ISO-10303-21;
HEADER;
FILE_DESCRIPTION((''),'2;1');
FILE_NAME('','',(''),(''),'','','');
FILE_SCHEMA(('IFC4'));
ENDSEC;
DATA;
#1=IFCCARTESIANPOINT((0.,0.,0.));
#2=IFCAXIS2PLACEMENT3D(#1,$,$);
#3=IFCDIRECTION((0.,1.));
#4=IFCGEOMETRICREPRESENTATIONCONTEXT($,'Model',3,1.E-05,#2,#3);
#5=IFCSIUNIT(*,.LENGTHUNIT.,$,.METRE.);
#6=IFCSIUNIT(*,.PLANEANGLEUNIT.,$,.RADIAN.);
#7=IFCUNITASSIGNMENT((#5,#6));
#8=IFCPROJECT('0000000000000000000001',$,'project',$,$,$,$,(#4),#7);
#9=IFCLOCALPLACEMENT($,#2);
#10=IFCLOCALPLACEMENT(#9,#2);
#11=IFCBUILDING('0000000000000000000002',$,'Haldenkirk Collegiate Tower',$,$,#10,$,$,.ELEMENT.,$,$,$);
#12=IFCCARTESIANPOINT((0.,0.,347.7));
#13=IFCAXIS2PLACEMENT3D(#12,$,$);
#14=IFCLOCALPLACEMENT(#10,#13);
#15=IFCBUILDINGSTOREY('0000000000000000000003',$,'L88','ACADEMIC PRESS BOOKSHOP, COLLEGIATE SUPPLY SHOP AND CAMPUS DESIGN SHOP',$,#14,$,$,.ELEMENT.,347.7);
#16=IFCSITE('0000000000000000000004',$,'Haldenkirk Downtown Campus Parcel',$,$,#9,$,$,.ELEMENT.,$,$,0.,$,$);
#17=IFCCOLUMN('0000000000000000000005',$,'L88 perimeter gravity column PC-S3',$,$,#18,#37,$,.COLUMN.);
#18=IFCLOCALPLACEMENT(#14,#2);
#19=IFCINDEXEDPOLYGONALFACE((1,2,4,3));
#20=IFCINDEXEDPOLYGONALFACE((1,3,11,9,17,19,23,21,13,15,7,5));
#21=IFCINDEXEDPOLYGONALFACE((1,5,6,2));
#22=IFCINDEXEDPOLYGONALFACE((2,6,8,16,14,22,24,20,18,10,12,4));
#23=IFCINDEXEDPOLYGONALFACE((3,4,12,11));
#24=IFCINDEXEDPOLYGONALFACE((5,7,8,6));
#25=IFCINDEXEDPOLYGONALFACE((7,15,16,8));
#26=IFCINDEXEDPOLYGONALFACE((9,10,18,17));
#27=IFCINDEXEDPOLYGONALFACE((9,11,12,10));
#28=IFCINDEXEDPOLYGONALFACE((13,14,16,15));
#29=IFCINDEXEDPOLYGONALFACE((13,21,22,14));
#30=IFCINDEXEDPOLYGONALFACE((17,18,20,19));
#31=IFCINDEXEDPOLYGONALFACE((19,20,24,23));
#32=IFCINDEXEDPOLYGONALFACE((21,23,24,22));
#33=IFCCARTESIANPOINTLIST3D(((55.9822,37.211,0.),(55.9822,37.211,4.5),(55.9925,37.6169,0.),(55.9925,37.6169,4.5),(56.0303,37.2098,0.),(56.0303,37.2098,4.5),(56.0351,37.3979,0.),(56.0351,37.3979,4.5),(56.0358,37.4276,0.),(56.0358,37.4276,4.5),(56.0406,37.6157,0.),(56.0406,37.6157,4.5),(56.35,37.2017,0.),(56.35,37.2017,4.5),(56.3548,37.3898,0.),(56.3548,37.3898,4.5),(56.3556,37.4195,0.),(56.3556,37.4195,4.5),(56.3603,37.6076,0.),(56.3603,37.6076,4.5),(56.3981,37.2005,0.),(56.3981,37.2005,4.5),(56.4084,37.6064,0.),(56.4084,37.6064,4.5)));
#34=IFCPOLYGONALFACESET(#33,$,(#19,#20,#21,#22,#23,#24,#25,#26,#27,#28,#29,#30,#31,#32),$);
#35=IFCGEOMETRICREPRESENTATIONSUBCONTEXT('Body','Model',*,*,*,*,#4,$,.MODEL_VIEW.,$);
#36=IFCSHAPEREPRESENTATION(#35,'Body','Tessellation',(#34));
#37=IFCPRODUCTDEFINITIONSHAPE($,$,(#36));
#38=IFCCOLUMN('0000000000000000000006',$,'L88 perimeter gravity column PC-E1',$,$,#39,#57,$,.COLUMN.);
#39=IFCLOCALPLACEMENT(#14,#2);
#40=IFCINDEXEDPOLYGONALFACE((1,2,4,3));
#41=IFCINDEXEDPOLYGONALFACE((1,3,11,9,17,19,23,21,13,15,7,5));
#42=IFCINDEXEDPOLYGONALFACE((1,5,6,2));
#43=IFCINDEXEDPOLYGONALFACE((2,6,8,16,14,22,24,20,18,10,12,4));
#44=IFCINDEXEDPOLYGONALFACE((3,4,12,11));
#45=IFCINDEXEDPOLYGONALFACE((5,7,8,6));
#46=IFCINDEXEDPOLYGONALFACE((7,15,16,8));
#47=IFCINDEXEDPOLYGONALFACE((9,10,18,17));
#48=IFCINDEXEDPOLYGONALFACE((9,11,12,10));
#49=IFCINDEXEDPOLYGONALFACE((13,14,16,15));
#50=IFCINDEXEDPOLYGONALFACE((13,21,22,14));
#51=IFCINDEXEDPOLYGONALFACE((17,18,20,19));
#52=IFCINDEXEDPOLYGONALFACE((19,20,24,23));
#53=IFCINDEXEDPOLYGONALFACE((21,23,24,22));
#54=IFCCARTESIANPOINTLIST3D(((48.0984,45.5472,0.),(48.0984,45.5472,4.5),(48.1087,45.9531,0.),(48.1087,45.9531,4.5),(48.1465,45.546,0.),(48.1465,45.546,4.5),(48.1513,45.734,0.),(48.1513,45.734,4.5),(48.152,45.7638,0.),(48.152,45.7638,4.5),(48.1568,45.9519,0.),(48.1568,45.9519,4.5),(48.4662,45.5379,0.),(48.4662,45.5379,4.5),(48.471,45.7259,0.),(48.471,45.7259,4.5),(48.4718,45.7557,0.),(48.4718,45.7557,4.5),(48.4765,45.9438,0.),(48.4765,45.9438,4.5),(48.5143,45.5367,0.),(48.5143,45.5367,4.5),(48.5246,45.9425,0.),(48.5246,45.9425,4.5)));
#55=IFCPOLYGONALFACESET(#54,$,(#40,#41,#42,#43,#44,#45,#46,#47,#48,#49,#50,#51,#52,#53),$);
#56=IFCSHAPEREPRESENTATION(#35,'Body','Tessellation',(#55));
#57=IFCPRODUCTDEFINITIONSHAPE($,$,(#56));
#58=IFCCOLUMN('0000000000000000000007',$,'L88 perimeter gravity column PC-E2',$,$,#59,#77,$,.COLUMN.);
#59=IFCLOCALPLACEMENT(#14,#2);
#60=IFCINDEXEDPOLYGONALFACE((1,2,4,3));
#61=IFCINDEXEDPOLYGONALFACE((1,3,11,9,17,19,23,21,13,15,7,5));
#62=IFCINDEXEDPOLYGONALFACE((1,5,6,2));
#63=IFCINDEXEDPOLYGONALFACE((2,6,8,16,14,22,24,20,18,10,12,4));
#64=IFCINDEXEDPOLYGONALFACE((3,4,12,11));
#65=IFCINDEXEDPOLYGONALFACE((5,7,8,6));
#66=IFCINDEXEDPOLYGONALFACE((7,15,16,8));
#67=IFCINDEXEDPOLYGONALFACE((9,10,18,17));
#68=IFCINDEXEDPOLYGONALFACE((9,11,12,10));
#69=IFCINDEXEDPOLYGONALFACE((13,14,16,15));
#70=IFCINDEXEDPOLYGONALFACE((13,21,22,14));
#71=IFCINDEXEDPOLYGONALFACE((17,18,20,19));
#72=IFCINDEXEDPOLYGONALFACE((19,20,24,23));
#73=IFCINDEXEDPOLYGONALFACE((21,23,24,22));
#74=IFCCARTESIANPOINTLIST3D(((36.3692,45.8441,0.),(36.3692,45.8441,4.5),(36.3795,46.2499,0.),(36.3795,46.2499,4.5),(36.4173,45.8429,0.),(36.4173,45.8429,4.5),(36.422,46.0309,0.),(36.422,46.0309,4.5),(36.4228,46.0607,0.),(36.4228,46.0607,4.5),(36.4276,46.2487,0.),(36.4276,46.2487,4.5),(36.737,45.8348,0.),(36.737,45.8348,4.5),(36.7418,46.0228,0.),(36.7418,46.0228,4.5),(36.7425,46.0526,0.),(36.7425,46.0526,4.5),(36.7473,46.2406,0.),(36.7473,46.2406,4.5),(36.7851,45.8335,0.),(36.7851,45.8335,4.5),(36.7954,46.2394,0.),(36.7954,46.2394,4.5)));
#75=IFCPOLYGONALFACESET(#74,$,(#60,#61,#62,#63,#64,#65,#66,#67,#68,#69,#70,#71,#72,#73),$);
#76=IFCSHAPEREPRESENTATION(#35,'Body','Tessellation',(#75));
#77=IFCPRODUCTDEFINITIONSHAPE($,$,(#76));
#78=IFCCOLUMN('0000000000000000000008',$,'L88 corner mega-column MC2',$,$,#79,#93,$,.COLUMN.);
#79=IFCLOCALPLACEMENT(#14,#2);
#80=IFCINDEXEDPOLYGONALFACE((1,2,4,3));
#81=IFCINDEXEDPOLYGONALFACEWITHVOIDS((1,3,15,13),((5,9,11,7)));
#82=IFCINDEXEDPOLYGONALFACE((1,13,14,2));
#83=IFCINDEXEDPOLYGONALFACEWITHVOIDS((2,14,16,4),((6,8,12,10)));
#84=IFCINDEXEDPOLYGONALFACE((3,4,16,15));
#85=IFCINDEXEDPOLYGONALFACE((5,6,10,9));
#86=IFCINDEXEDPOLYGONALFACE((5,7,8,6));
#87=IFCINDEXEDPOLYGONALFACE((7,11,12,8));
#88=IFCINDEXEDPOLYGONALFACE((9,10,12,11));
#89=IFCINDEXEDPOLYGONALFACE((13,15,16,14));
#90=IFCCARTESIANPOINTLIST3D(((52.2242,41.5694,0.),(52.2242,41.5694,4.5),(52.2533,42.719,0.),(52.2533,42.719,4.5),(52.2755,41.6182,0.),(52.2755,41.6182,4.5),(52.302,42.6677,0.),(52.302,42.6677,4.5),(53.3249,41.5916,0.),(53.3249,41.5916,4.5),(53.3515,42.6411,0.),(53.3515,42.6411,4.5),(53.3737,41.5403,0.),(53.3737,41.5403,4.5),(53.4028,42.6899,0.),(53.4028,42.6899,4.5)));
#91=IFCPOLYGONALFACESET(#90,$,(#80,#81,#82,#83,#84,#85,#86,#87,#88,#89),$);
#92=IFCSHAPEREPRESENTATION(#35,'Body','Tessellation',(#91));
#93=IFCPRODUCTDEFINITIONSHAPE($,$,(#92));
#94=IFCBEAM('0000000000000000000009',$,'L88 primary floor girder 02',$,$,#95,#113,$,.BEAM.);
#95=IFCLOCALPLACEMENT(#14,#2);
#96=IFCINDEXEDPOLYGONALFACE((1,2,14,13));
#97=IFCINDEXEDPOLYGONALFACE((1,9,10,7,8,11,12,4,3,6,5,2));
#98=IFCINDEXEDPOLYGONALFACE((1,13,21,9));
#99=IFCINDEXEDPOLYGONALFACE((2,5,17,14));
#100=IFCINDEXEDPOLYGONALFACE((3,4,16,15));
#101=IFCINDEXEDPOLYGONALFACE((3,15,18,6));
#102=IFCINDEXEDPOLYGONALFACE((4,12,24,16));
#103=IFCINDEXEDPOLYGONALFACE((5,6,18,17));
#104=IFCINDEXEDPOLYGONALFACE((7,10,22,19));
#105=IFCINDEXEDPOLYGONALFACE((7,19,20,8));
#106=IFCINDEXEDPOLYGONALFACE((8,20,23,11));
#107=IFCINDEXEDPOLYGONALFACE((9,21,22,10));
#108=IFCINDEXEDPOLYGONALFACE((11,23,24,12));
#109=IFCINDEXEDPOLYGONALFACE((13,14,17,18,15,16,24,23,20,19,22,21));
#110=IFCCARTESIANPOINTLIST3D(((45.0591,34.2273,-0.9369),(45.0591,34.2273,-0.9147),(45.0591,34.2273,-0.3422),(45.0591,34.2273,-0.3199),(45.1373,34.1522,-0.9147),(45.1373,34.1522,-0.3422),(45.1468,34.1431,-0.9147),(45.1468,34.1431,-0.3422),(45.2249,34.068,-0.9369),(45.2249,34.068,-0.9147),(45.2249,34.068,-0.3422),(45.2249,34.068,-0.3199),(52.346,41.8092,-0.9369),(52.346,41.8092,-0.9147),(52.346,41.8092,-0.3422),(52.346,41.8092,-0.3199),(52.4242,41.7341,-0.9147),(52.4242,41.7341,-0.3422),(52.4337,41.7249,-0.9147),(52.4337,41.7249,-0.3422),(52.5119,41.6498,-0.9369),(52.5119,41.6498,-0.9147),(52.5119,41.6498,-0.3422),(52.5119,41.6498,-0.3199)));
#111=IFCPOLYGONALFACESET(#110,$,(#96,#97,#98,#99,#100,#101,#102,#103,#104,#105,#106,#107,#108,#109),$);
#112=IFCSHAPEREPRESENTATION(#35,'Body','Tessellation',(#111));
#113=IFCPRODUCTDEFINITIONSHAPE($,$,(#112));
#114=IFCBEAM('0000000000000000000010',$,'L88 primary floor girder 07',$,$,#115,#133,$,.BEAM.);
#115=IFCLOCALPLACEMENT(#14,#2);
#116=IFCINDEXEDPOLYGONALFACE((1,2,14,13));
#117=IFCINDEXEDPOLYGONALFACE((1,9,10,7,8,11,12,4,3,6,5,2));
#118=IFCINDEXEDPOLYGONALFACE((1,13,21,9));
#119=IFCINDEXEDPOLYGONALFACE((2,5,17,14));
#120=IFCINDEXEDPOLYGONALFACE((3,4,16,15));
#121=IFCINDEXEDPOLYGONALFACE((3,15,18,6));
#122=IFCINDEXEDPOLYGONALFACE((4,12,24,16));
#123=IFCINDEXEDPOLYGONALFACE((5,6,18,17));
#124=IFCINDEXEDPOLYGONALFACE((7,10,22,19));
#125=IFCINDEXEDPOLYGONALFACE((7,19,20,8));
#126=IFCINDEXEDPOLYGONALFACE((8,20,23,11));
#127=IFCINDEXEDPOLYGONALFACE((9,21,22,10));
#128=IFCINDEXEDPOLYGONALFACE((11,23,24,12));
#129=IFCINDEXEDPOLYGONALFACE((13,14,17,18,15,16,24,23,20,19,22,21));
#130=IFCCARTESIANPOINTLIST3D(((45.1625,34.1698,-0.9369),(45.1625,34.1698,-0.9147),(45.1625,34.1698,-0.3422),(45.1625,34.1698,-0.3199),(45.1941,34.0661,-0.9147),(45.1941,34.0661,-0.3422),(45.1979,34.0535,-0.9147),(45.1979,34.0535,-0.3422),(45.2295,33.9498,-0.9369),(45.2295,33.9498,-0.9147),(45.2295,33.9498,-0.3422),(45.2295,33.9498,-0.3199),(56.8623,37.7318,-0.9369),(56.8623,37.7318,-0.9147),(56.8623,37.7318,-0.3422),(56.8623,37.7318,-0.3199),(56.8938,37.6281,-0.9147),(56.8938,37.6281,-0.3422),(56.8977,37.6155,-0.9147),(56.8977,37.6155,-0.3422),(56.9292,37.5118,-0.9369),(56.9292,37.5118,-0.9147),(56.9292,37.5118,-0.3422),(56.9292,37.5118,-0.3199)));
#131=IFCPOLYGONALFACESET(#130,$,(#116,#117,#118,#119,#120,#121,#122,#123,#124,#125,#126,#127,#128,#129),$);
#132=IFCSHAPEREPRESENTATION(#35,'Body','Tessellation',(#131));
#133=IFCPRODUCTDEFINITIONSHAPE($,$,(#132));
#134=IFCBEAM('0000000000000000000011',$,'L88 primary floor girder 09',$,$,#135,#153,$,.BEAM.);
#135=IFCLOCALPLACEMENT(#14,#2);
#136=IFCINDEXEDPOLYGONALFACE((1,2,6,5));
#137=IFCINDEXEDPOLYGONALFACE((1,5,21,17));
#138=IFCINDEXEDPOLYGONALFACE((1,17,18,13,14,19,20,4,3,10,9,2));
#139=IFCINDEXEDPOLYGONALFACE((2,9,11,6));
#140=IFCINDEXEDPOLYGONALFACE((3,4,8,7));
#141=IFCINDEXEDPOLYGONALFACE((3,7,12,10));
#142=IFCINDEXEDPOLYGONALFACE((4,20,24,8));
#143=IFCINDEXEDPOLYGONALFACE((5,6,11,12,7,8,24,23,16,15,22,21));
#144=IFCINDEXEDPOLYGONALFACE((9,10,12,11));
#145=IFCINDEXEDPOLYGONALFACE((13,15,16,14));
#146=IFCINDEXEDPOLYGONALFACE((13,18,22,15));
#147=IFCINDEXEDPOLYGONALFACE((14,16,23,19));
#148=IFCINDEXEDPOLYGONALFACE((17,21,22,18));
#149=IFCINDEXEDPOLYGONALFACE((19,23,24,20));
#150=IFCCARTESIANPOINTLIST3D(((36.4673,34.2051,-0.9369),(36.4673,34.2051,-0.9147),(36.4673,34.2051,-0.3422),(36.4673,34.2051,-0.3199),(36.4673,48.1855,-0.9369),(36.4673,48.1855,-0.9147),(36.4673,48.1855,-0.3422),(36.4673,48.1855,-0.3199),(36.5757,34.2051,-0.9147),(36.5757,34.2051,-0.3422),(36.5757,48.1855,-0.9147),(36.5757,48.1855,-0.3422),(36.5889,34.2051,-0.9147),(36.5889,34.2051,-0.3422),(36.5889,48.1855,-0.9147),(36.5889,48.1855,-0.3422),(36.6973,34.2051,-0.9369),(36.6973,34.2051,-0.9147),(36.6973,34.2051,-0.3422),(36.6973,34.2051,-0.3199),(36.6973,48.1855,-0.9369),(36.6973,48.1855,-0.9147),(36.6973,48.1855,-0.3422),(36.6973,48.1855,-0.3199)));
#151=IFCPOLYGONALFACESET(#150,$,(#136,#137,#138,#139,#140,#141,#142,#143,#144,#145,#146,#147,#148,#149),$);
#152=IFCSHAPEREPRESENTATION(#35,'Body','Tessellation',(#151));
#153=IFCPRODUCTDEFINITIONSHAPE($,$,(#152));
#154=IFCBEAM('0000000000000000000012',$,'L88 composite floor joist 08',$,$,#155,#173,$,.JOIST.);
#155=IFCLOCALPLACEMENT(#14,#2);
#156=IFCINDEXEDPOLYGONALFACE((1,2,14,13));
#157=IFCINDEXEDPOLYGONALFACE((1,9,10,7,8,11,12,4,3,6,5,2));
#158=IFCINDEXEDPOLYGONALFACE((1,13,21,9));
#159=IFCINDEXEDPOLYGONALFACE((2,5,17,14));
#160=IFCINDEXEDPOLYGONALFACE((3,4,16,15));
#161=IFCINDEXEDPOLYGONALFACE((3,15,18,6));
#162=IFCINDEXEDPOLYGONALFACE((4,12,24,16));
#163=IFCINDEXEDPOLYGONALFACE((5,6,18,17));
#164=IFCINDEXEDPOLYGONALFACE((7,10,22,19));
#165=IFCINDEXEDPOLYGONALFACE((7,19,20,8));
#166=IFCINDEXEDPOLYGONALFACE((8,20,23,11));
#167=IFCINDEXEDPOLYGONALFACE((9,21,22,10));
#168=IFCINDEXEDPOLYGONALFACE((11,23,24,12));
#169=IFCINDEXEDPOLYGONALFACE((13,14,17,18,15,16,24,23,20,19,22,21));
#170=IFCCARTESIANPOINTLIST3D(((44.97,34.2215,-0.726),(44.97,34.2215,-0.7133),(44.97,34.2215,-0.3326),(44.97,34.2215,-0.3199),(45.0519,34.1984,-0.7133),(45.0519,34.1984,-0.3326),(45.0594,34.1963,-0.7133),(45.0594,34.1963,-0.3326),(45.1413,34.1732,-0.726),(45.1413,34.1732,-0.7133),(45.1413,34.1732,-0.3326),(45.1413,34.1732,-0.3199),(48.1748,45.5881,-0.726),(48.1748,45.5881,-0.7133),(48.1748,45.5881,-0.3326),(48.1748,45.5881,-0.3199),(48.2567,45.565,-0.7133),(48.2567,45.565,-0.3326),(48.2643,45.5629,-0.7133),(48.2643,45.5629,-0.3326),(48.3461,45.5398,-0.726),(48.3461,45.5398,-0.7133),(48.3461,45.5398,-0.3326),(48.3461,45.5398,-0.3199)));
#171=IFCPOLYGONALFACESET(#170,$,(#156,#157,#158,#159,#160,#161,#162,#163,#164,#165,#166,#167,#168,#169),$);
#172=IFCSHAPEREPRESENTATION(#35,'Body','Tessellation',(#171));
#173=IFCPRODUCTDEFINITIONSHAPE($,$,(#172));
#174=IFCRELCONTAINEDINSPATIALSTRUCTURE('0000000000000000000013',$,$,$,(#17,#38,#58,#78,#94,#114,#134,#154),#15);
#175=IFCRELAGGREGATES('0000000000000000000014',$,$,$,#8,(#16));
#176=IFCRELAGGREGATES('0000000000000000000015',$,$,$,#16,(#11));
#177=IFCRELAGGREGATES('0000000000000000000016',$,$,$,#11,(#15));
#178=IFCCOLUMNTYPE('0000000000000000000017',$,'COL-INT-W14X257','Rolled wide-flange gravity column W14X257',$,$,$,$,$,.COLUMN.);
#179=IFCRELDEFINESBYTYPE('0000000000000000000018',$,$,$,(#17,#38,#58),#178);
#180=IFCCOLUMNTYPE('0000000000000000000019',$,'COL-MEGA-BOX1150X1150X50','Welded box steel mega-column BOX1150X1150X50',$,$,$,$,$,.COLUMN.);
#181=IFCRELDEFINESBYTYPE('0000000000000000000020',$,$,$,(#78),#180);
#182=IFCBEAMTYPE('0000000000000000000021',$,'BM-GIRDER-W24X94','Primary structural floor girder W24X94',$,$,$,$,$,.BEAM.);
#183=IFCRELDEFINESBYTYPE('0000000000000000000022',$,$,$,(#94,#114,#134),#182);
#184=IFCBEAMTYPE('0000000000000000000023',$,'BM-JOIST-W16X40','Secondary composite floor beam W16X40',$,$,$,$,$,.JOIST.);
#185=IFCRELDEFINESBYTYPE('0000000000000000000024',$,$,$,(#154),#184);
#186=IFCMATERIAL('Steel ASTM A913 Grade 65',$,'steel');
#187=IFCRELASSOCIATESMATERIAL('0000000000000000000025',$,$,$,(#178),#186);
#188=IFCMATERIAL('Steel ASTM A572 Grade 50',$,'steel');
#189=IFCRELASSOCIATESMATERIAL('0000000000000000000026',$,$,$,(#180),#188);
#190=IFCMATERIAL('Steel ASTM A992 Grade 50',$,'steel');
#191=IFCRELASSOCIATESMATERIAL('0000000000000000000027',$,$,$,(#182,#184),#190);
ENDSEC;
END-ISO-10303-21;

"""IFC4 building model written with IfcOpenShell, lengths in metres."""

from ifc_helpers import new_model, si_unit, direction, frame, origin, origin_2d, place, context, subcontext, project, spatial, hollow_rectangle, i_section, extrude, material, material_profile, profile_set, type_object, element, save


model = new_model("IFC4")

# Units and contexts
model_context = context("Model", 3, precision=1e-05, world=origin(), true_north=direction((0.0, 1.0)))
body_context = subcontext(model_context, "Body", "Model", "MODEL_VIEW")
ifc_project = project(units=[si_unit("LENGTHUNIT", "METRE"), si_unit("PLANEANGLEUNIT", "RADIAN")], contexts=[model_context])

# Site, building, storey
site_placement = place(None, origin())
site = spatial("IfcSite", under=ifc_project, at=site_placement, Name="Haldenkirk Downtown Campus Parcel", CompositionType="ELEMENT", RefElevation=0.0)
building_placement = place(site_placement, origin())
building = spatial("IfcBuilding", under=site, at=building_placement, Name="Haldenkirk Collegiate Tower", CompositionType="ELEMENT")
storey_placement = place(building_placement, frame((0.0, 0.0, 347.7)))
storey = spatial("IfcBuildingStorey", under=building, at=storey_placement, Name="L88", Description="ACADEMIC PRESS BOOKSHOP, COLLEGIATE SUPPLY SHOP AND CAMPUS DESIGN SHOP", CompositionType="ELEMENT", Elevation=347.7)

# Columns
ifc_material_1 = material(Name="Steel ASTM A913 Grade 65", Category="steel")
ifc_material_profile_1 = material_profile(ifc_material_1, i_section(OverallWidth=0.406, OverallDepth=0.416, WebThickness=0.0298, FlangeThickness=0.0481, at=origin_2d()), Name="W14X257")
ifc_profile_set_1 = profile_set([ifc_material_profile_1], Name="Steel ASTM A913 Grade 65")
column_type_1 = type_object("IfcColumnType", Name="COL-INT-W14X257", Description="Rolled wide-flange gravity column W14X257", PredefinedType="COLUMN", material=ifc_profile_set_1)
for number, where, z_axis, x_axis, name in (
    (1, (56.1953, 37.4087, 0.0), (0.0, 0.0, 1.0), (0.025305, 0.99968, 0.0), "L88 perimeter gravity column PC-S3"),
    (2, (48.3115, 45.7449, 0.0), (0.0, 0.0, 1.0), (0.025305, 0.99968, 0.0), "L88 perimeter gravity column PC-E1"),
    (3, (36.5823, 46.0417, 0.0), (0.0, 0.0, 1.0), (0.025305, 0.99968, 0.0), "L88 perimeter gravity column PC-E2"),
):
    element("IfcColumn", number, at=place(storey_placement, frame(where, z_axis=z_axis, x_axis=x_axis)), inside=storey, type_object=column_type_1, Name=name, PredefinedType="COLUMN", context=body_context, shape_type="SweptSolid", body=[
        extrude(i_section(OverallWidth=0.406, OverallDepth=0.416, WebThickness=0.0298, FlangeThickness=0.0481, at=origin_2d()), origin(), (0.0, 0.0, 1.0), 4.5),
    ])
ifc_material_2 = material(Name="Steel ASTM A572 Grade 50", Category="steel")
ifc_material_profile_2 = material_profile(ifc_material_2, hollow_rectangle(XDim=1.1499, YDim=1.1499, WallThickness=0.05, at=origin_2d()), Name="BOX1150X1150X50")
ifc_profile_set_2 = profile_set([ifc_material_profile_2], Name="Steel ASTM A572 Grade 50")
column_type_2 = type_object("IfcColumnType", Name="COL-MEGA-BOX1150X1150X50", Description="Welded box steel mega-column BOX1150X1150X50", PredefinedType="COLUMN", material=ifc_profile_set_2)
column_placement = place(storey_placement, frame((52.8135, 42.1296, 0.0), z_axis=(0.0, 0.0, 1.0), x_axis=(0.025305, 0.99968, 0.0)))
element("IfcColumn", 4, at=column_placement, inside=storey, type_object=column_type_2, Name="L88 corner mega-column MC2", PredefinedType="COLUMN", context=body_context, shape_type="SweptSolid", body=[
    extrude(hollow_rectangle(XDim=1.1499, YDim=1.1499, WallThickness=0.05, at=origin_2d()), origin(), (0.0, 0.0, 1.0), 4.5),
])

# Beams
ifc_material_3 = material(Name="Steel ASTM A992 Grade 50", Category="steel")
ifc_material_profile_3 = material_profile(ifc_material_3, i_section(OverallWidth=0.23, OverallDepth=0.6169, WebThickness=0.0132, FlangeThickness=0.0222, at=origin_2d()), Name="W24X94")
ifc_profile_set_3 = profile_set([ifc_material_profile_3], Name="Steel ASTM A992 Grade 50")
beam_type_1 = type_object("IfcBeamType", Name="BM-GIRDER-W24X94", Description="Primary structural floor girder W24X94", PredefinedType="BEAM", material=ifc_profile_set_3)
beam_1_placement = place(storey_placement, frame((52.429, 41.7295, -0.6284), z_axis=(-0.692945, -0.720991, 0.0), x_axis=(0.720991, -0.692945, 0.0)))
element("IfcBeam", 5, at=beam_1_placement, inside=storey, type_object=beam_type_1, Name="L88 primary floor girder 02", PredefinedType="BEAM", context=body_context, shape_type="SweptSolid", body=[
    extrude(i_section(OverallWidth=0.23, OverallDepth=0.6169, WebThickness=0.0132, FlangeThickness=0.0222, at=origin_2d()), origin(), (0.0, 0.0, 1.0), 10.5159),
])
beam_2_placement = place(storey_placement, frame((56.8958, 37.6218, -0.6284), z_axis=(-0.956646, -0.291254, 0.0), x_axis=(0.291254, -0.956646, 0.0)))
element("IfcBeam", 6, at=beam_2_placement, inside=storey, type_object=beam_type_1, Name="L88 primary floor girder 07", PredefinedType="BEAM", context=body_context, shape_type="SweptSolid", body=[
    extrude(i_section(OverallWidth=0.23, OverallDepth=0.6169, WebThickness=0.0132, FlangeThickness=0.0222, at=origin_2d()), origin(), (0.0, 0.0, 1.0), 12.23),
])
beam_3_placement = place(storey_placement, frame((36.5823, 48.1855, -0.6284), z_axis=(0.0, -1.0, 0.0), x_axis=(1.0, 0.0, 0.0)))
element("IfcBeam", 7, at=beam_3_placement, inside=storey, type_object=beam_type_1, Name="L88 primary floor girder 09", PredefinedType="BEAM", context=body_context, shape_type="SweptSolid", body=[
    extrude(i_section(OverallWidth=0.23, OverallDepth=0.6169, WebThickness=0.0132, FlangeThickness=0.0222, at=origin_2d()), origin(), (0.0, 0.0, 1.0), 13.9805),
])
ifc_material_profile_4 = material_profile(ifc_material_3, i_section(OverallWidth=0.178, OverallDepth=0.406, WebThickness=0.0078, FlangeThickness=0.0127, at=origin_2d()), Name="W16X40")
ifc_profile_set_4 = profile_set([ifc_material_profile_4], Name="Steel ASTM A992 Grade 50")
beam_type_2 = type_object("IfcBeamType", Name="BM-JOIST-W16X40", Description="Secondary composite floor beam W16X40", PredefinedType="JOIST", material=ifc_profile_set_4)
beam_4_placement = place(storey_placement, frame((48.2605, 45.564, -0.5229), z_axis=(-0.271369, -0.962475, 0.0), x_axis=(0.962475, -0.271369, 0.0)))
element("IfcBeam", 8, at=beam_4_placement, inside=storey, type_object=beam_type_2, Name="L88 composite floor joist 08", PredefinedType="JOIST", context=body_context, shape_type="SweptSolid", body=[
    extrude(i_section(OverallWidth=0.178, OverallDepth=0.406, WebThickness=0.0078, FlangeThickness=0.0127, at=origin_2d()), origin(), (0.0, 0.0, 1.0), 11.8098),
])

save(model, "model.ifc")
